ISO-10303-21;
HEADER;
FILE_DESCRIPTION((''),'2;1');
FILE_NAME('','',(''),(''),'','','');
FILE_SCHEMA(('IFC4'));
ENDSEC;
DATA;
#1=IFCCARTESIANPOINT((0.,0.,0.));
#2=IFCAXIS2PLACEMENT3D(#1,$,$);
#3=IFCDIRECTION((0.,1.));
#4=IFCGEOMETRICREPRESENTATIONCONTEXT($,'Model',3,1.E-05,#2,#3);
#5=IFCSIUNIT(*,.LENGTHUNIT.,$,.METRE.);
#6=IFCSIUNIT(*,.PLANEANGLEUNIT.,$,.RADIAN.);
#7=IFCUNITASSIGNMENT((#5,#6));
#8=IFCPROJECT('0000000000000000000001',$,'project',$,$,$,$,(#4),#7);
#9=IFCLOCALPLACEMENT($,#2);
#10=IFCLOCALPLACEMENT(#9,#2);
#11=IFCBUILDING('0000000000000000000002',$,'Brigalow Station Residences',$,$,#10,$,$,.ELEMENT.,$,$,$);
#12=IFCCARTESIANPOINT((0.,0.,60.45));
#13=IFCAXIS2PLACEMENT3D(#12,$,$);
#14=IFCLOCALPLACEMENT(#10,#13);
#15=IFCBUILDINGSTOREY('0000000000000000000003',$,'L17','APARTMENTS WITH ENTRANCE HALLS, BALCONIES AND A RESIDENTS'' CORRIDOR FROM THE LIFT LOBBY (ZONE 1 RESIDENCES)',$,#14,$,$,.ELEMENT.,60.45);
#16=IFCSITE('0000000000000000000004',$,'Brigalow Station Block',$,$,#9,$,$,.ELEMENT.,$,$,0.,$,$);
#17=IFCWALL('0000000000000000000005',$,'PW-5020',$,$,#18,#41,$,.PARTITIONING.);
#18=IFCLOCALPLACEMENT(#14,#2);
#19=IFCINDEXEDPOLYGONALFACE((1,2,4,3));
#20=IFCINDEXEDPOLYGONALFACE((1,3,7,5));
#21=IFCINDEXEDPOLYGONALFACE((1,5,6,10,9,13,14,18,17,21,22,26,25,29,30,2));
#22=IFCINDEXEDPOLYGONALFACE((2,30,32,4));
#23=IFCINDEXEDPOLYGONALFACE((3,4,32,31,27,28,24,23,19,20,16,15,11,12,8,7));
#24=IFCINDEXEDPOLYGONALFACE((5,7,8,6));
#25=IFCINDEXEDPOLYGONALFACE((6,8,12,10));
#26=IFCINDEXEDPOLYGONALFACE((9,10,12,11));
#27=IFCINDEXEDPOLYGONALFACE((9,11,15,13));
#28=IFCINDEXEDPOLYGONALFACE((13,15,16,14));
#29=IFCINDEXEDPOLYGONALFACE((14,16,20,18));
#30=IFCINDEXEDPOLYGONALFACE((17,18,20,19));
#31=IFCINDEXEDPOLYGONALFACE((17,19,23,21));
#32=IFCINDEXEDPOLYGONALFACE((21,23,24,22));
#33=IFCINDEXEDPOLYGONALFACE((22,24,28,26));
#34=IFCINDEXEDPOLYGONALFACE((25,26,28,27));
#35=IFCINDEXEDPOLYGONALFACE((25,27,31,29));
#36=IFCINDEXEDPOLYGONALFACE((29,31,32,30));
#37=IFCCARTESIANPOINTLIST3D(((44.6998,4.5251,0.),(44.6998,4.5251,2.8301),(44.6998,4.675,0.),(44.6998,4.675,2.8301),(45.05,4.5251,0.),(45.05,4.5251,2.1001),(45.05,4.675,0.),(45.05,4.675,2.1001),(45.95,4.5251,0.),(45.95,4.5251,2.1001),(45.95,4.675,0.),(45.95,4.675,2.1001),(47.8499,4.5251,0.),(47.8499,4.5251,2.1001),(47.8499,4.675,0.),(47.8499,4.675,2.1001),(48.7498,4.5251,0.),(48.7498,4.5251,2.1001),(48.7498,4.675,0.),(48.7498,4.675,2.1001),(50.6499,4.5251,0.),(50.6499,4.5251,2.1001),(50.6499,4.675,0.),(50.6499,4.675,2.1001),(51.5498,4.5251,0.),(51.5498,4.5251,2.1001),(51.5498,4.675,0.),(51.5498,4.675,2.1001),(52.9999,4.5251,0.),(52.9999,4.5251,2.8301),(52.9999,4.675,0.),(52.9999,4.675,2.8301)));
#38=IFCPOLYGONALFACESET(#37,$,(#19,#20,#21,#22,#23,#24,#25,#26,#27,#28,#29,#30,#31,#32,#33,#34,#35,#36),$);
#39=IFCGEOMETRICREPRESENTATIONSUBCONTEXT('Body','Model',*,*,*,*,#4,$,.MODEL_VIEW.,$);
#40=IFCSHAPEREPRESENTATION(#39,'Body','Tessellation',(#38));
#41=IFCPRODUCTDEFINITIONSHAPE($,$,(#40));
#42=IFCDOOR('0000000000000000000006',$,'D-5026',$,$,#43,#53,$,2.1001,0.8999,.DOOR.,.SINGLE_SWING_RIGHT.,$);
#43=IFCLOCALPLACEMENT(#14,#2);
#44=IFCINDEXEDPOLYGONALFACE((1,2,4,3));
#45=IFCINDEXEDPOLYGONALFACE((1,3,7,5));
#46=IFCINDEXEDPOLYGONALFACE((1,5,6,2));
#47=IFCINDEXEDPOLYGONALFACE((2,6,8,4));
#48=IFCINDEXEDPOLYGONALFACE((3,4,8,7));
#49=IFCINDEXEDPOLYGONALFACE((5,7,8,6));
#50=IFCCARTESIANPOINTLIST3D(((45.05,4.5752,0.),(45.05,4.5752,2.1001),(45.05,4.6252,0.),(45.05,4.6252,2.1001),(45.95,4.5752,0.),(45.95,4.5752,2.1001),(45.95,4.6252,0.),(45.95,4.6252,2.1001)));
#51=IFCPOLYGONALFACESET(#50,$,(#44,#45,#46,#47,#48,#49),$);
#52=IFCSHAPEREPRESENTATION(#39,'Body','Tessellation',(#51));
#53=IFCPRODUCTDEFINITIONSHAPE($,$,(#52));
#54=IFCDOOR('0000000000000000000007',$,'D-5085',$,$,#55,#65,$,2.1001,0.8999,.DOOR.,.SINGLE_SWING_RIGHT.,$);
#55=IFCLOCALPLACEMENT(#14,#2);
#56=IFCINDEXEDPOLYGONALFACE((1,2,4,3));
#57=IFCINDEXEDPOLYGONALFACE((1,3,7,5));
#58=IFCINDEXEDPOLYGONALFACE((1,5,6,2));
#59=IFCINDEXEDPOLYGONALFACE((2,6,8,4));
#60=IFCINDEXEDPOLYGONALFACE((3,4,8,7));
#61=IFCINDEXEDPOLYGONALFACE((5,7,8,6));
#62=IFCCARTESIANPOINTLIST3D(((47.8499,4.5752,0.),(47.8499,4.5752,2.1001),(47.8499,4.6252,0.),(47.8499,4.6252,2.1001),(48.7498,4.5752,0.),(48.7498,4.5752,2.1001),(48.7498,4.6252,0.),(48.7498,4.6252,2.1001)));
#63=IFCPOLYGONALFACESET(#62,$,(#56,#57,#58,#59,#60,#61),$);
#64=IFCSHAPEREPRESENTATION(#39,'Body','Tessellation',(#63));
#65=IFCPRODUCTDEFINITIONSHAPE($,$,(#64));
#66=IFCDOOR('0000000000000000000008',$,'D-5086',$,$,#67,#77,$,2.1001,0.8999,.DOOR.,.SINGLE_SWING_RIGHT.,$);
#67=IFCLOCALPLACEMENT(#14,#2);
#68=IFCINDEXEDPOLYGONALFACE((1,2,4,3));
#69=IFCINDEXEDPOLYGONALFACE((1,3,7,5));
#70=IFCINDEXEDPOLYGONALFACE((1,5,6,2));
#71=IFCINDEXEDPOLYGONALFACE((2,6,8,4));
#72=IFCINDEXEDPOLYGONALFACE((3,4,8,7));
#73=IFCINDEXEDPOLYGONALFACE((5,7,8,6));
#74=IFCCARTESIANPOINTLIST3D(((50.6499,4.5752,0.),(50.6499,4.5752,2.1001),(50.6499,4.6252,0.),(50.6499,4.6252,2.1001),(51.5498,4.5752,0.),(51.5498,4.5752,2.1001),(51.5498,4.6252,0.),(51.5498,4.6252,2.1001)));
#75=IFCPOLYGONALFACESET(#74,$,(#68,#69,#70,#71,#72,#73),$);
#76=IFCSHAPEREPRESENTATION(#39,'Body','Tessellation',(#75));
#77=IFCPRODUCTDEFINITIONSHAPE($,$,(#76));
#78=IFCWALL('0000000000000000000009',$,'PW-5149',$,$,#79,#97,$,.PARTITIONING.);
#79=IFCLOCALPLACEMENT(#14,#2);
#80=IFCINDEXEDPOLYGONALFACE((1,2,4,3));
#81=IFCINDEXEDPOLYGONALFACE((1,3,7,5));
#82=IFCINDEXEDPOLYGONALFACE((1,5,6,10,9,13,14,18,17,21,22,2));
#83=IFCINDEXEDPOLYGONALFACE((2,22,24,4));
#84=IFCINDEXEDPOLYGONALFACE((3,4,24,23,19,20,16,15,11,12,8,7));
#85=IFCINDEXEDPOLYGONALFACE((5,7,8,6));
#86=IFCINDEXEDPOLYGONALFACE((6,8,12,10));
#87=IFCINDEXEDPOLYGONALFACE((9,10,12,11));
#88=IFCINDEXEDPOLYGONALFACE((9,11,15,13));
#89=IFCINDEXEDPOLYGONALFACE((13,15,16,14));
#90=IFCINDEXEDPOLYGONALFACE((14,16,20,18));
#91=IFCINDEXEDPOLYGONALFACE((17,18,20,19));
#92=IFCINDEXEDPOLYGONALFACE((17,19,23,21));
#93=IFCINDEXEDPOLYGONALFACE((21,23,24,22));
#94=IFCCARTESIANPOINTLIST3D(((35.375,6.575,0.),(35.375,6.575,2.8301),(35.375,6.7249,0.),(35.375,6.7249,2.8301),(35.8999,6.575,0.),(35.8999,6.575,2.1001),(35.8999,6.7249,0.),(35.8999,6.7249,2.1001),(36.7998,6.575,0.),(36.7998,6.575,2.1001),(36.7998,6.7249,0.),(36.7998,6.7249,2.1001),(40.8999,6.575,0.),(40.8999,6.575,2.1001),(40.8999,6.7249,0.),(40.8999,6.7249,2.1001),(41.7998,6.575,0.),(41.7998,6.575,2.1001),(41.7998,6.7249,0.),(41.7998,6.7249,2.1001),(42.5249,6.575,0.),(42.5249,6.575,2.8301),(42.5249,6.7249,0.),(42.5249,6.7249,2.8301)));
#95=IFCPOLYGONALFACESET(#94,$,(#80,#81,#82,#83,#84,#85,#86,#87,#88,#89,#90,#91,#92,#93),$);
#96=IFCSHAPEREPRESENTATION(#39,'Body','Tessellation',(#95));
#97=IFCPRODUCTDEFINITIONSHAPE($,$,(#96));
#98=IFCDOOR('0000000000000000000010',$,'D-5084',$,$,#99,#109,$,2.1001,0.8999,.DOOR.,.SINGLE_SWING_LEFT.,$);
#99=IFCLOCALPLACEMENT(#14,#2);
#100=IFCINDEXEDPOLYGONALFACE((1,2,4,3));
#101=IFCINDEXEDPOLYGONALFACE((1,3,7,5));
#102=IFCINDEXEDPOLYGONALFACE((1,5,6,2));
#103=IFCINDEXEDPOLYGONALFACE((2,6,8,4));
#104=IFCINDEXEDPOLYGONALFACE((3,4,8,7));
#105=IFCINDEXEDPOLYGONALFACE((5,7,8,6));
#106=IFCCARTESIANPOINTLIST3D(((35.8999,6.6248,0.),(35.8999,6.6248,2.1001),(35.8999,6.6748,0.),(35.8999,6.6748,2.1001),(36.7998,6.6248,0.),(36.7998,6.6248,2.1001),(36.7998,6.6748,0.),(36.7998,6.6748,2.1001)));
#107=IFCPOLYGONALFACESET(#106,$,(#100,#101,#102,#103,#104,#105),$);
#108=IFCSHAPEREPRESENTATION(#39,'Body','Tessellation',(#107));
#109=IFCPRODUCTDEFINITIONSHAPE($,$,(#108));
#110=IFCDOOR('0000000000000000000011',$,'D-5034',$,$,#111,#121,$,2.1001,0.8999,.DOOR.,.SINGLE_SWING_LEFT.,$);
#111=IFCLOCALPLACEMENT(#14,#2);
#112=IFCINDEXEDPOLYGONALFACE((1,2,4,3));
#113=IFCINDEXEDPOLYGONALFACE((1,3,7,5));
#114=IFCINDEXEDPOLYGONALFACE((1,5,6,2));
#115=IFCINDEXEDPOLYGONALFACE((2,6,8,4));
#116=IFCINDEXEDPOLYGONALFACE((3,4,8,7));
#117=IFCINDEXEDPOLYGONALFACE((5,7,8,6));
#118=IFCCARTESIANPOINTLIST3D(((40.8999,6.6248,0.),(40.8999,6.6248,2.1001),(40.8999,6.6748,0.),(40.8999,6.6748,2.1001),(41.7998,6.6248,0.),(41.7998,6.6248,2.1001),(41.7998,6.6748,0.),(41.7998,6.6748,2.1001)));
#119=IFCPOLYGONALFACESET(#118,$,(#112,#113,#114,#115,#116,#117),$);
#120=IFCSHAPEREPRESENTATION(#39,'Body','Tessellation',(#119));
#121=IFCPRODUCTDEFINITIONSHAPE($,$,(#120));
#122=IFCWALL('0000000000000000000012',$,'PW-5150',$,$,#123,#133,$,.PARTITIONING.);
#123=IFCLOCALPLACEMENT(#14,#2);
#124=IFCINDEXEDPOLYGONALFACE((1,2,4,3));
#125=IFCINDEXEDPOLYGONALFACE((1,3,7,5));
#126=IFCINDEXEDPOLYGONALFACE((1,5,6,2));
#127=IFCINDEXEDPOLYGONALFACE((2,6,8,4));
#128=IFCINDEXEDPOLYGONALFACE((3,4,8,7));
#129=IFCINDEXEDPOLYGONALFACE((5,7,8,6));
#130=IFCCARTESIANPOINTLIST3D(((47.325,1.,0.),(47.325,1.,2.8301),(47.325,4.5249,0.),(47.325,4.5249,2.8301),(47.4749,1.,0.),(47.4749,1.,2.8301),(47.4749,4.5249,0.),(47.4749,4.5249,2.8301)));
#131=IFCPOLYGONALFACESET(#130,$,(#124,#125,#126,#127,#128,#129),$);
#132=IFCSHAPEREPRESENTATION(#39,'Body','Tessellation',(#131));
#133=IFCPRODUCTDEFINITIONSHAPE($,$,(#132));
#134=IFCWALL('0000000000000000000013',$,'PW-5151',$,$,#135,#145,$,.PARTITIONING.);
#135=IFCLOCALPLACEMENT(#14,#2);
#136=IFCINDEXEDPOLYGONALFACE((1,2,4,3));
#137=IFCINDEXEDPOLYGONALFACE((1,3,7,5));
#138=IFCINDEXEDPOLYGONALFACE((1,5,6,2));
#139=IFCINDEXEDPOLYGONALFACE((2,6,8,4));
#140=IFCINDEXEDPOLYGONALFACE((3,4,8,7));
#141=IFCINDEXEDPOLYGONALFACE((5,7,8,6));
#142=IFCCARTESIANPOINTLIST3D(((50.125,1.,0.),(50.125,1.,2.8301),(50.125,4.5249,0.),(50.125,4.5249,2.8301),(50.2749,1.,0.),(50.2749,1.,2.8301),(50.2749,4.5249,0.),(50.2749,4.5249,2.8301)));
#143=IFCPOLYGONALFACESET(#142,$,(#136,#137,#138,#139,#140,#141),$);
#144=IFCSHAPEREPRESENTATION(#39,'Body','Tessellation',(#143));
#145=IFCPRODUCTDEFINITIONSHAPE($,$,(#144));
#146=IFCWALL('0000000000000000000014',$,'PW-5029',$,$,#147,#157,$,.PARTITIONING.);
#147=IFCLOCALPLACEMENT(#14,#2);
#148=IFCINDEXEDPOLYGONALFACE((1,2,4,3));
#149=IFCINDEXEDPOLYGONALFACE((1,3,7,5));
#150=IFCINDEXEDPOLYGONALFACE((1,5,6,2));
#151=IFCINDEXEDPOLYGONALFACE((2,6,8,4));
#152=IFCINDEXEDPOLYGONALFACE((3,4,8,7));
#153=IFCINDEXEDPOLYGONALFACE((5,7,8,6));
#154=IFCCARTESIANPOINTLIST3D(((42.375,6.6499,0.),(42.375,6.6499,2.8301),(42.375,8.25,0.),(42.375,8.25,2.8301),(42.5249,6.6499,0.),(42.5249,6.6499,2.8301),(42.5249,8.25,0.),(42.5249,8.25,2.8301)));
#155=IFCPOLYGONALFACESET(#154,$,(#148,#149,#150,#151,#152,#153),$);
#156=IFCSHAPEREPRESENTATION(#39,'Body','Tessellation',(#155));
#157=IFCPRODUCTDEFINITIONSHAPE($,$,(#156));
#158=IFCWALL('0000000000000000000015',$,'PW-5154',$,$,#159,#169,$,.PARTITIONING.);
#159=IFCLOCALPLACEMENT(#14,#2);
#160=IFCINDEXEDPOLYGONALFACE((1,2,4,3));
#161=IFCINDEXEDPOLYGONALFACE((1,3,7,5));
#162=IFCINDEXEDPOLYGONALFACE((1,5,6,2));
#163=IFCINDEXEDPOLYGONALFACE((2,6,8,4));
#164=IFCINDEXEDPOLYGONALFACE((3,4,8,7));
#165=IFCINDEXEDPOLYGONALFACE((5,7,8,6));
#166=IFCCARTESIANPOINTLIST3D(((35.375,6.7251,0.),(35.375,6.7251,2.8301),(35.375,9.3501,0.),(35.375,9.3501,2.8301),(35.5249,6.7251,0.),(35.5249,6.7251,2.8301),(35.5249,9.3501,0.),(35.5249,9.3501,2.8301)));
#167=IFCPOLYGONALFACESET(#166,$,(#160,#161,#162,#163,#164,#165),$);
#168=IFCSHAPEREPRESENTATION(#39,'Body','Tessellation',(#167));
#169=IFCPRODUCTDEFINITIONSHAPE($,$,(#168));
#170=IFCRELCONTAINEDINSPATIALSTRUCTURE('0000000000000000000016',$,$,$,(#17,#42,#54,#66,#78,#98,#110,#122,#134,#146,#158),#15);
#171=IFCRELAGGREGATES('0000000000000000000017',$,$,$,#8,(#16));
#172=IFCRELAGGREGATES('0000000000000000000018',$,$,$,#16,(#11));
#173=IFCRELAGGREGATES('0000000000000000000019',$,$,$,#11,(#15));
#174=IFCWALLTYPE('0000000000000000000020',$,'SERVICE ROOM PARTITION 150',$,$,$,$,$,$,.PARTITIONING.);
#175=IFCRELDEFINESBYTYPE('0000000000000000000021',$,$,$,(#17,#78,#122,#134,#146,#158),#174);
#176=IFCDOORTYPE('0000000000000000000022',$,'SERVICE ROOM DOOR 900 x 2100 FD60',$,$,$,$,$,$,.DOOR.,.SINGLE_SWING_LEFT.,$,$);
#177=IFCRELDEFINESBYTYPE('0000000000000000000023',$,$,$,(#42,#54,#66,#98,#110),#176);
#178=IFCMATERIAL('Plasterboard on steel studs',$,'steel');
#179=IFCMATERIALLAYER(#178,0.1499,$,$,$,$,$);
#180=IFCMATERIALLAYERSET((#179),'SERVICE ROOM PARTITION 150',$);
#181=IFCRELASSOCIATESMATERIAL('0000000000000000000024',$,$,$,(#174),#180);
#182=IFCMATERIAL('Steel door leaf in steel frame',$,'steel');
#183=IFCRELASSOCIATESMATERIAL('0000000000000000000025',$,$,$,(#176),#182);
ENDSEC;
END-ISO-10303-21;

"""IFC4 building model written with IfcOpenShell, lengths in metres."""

from ifc_helpers import new_model, si_unit, direction, frame, frame_2d, origin, place, context, subcontext, project, spatial, rectangle, extrude, material, layer, layer_set, type_object, element, fill, save


model = new_model("IFC4")

# Units and contexts
model_context = context("Model", 3, precision=1e-05, world=origin(), true_north=direction((0.0, 1.0)))
body_context = subcontext(model_context, "Body", "Model", "MODEL_VIEW")
ifc_project = project(units=[si_unit("LENGTHUNIT", "METRE"), si_unit("PLANEANGLEUNIT", "RADIAN")], contexts=[model_context])

# Site, building, storey
site_placement = place(None, origin())
site = spatial("IfcSite", under=ifc_project, at=site_placement, Name="Brigalow Station Block", CompositionType="ELEMENT", RefElevation=0.0)
building_placement = place(site_placement, origin())
building = spatial("IfcBuilding", under=site, at=building_placement, Name="Brigalow Station Residences", CompositionType="ELEMENT")
storey_placement = place(building_placement, frame((0.0, 0.0, 60.45)))
storey = spatial("IfcBuildingStorey", under=building, at=storey_placement, Name="L17", Description="APARTMENTS WITH ENTRANCE HALLS, BALCONIES AND A RESIDENTS' CORRIDOR FROM THE LIFT LOBBY (ZONE 1 RESIDENCES)", CompositionType="ELEMENT", Elevation=60.45)

# Walls, openings, doors
ifc_material_1 = material(Name="Plasterboard on steel studs", Category="steel")
ifc_layer_1 = layer(ifc_material_1, 0.1499)
ifc_layer_set_1 = layer_set([ifc_layer_1], Name="SERVICE ROOM PARTITION 150")
wall_type_1 = type_object("IfcWallType", Name="SERVICE ROOM PARTITION 150", PredefinedType="PARTITIONING", material=ifc_layer_set_1)
wall_1_placement = place(storey_placement, frame((44.7, 4.6001, 0.0), z_axis=(0.0, 0.0, 1.0), x_axis=(1.0, 0.0, 0.0)))
wall_1 = element("IfcWall", 1, at=wall_1_placement, inside=storey, type_object=wall_type_1, Name="PW-5020", PredefinedType="PARTITIONING", context=body_context, shape_type="SweptSolid", body=[
    extrude(rectangle(XDim=8.3, YDim=0.1499, at=frame_2d((4.1499, 0.0))), origin(), (0.0, 0.0, 1.0), 2.8301),
])
opening_1_placement = place(wall_1_placement, frame((0.3501, 0.0, 0.0)))
opening_1 = element("IfcOpeningElement", 2, at=opening_1_placement, cuts=wall_1, PredefinedType="OPENING", context=body_context, shape_type="SweptSolid", body=[
    extrude(rectangle(XDim=0.8999, YDim=2.1001, at=frame_2d((0.45, 1.05))), frame((0.0, 0.085, 0.0), z_axis=(0.0, -1.0, 0.0), x_axis=(1.0, 0.0, 0.0)), (0.0, 0.0, 1.0), 0.1699),
])
opening_2_placement = place(wall_1_placement, frame((3.1499, 0.0, 0.0)))
opening_2 = element("IfcOpeningElement", 3, at=opening_2_placement, cuts=wall_1, PredefinedType="OPENING", context=body_context, shape_type="SweptSolid", body=[
    extrude(rectangle(XDim=0.8999, YDim=2.1001, at=frame_2d((0.45, 1.05))), frame((0.0, 0.085, 0.0), z_axis=(0.0, -1.0, 0.0), x_axis=(1.0, 0.0, 0.0)), (0.0, 0.0, 1.0), 0.1699),
])
opening_3_placement = place(wall_1_placement, frame((5.95, 0.0, 0.0)))
opening_3 = element("IfcOpeningElement", 4, at=opening_3_placement, cuts=wall_1, PredefinedType="OPENING", context=body_context, shape_type="SweptSolid", body=[
    extrude(rectangle(XDim=0.8999, YDim=2.1001, at=frame_2d((0.45, 1.05))), frame((0.0, 0.085, 0.0), z_axis=(0.0, -1.0, 0.0), x_axis=(1.0, 0.0, 0.0)), (0.0, 0.0, 1.0), 0.1699),
])
ifc_material_2 = material(Name="Steel door leaf in steel frame", Category="steel")
door_type_1 = type_object("IfcDoorType", Name="SERVICE ROOM DOOR 900 x 2100 FD60", OperationType="SINGLE_SWING_LEFT", PredefinedType="DOOR", material=ifc_material_2)
door_1_placement = place(opening_1_placement, frame((0.8999, 0.0, 0.0), z_axis=(0.0, 0.0, 1.0), x_axis=(-1.0, 0.0, 0.0)))
door_1 = element("IfcDoor", 5, at=door_1_placement, inside=storey, type_object=door_type_1, Name="D-5026", OperationType="SINGLE_SWING_RIGHT", OverallHeight=2.1001, OverallWidth=0.8999, PredefinedType="DOOR", context=body_context, shape_type="SweptSolid", body=[
    extrude(rectangle(XDim=0.8999, YDim=2.1001, at=frame_2d((0.45, 1.05))), frame((0.0, 0.0249, 0.0), z_axis=(0.0, -1.0, 0.0), x_axis=(1.0, 0.0, 0.0)), (0.0, 0.0, 1.0), 0.05),
])
fill(opening_1, door_1)
door_2_placement = place(opening_2_placement, frame((0.8999, 0.0, 0.0), z_axis=(0.0, 0.0, 1.0), x_axis=(-1.0, 0.0, 0.0)))
door_2 = element("IfcDoor", 6, at=door_2_placement, inside=storey, type_object=door_type_1, Name="D-5085", OperationType="SINGLE_SWING_RIGHT", OverallHeight=2.1001, OverallWidth=0.8999, PredefinedType="DOOR", context=body_context, shape_type="SweptSolid", body=[
    extrude(rectangle(XDim=0.8999, YDim=2.1001, at=frame_2d((0.45, 1.05))), frame((0.0, 0.0249, 0.0), z_axis=(0.0, -1.0, 0.0), x_axis=(1.0, 0.0, 0.0)), (0.0, 0.0, 1.0), 0.05),
])
fill(opening_2, door_2)
door_3_placement = place(opening_3_placement, frame((0.8999, 0.0, 0.0), z_axis=(0.0, 0.0, 1.0), x_axis=(-1.0, 0.0, 0.0)))
door_3 = element("IfcDoor", 7, at=door_3_placement, inside=storey, type_object=door_type_1, Name="D-5086", OperationType="SINGLE_SWING_RIGHT", OverallHeight=2.1001, OverallWidth=0.8999, PredefinedType="DOOR", context=body_context, shape_type="SweptSolid", body=[
    extrude(rectangle(XDim=0.8999, YDim=2.1001, at=frame_2d((0.45, 1.05))), frame((0.0, 0.0249, 0.0), z_axis=(0.0, -1.0, 0.0), x_axis=(1.0, 0.0, 0.0)), (0.0, 0.0, 1.0), 0.05),
])
fill(opening_3, door_3)
wall_2_placement = place(storey_placement, frame((35.375, 6.6499, 0.0), z_axis=(0.0, 0.0, 1.0), x_axis=(1.0, 0.0, 0.0)))
wall_2 = element("IfcWall", 8, at=wall_2_placement, inside=storey, type_object=wall_type_1, Name="PW-5149", PredefinedType="PARTITIONING", context=body_context, shape_type="SweptSolid", body=[
    extrude(rectangle(XDim=7.1499, YDim=0.1499, at=frame_2d((3.575, 0.0))), origin(), (0.0, 0.0, 1.0), 2.8301),
])
opening_4_placement = place(wall_2_placement, frame((0.5249, 0.0, 0.0)))
opening_4 = element("IfcOpeningElement", 9, at=opening_4_placement, cuts=wall_2, PredefinedType="OPENING", context=body_context, shape_type="SweptSolid", body=[
    extrude(rectangle(XDim=0.8999, YDim=2.1001, at=frame_2d((0.45, 1.05))), frame((0.0, 0.085, 0.0), z_axis=(0.0, -1.0, 0.0), x_axis=(1.0, 0.0, 0.0)), (0.0, 0.0, 1.0), 0.1699),
])
opening_5_placement = place(wall_2_placement, frame((5.5249, 0.0, 0.0)))
opening_5 = element("IfcOpeningElement", 10, at=opening_5_placement, cuts=wall_2, PredefinedType="OPENING", context=body_context, shape_type="SweptSolid", body=[
    extrude(rectangle(XDim=0.8999, YDim=2.1001, at=frame_2d((0.45, 1.05))), frame((0.0, 0.085, 0.0), z_axis=(0.0, -1.0, 0.0), x_axis=(1.0, 0.0, 0.0)), (0.0, 0.0, 1.0), 0.1699),
])
door_4_placement = place(opening_4_placement, origin())
door_4 = element("IfcDoor", 11, at=door_4_placement, inside=storey, type_object=door_type_1, Name="D-5084", OperationType="SINGLE_SWING_LEFT", OverallHeight=2.1001, OverallWidth=0.8999, PredefinedType="DOOR", context=body_context, shape_type="SweptSolid", body=[
    extrude(rectangle(XDim=0.8999, YDim=2.1001, at=frame_2d((0.45, 1.05))), frame((0.0, 0.0249, 0.0), z_axis=(0.0, -1.0, 0.0), x_axis=(1.0, 0.0, 0.0)), (0.0, 0.0, 1.0), 0.05),
])
fill(opening_4, door_4)
door_5_placement = place(opening_5_placement, origin())
door_5 = element("IfcDoor", 12, at=door_5_placement, inside=storey, type_object=door_type_1, Name="D-5034", OperationType="SINGLE_SWING_LEFT", OverallHeight=2.1001, OverallWidth=0.8999, PredefinedType="DOOR", context=body_context, shape_type="SweptSolid", body=[
    extrude(rectangle(XDim=0.8999, YDim=2.1001, at=frame_2d((0.45, 1.05))), frame((0.0, 0.0249, 0.0), z_axis=(0.0, -1.0, 0.0), x_axis=(1.0, 0.0, 0.0)), (0.0, 0.0, 1.0), 0.05),
])
fill(opening_5, door_5)

# Walls
for number, where, z_axis, x_axis, name in (
    (13, (47.3999, 1.0, 0.0), (0.0, 0.0, 1.0), (0.0, 1.0, 0.0), "PW-5150"),
    (14, (50.2, 1.0, 0.0), (0.0, 0.0, 1.0), (0.0, 1.0, 0.0), "PW-5151"),
):
    element("IfcWall", number, at=place(storey_placement, frame(where, z_axis=z_axis, x_axis=x_axis)), inside=storey, type_object=wall_type_1, Name=name, PredefinedType="PARTITIONING", context=body_context, shape_type="SweptSolid", body=[
        extrude(rectangle(XDim=3.5249, YDim=0.1499, at=frame_2d((1.7625, 0.0))), origin(), (0.0, 0.0, 1.0), 2.8301),
    ])
wall_3_placement = place(storey_placement, frame((42.45, 6.6499, 0.0), z_axis=(0.0, 0.0, 1.0), x_axis=(0.0, 1.0, 0.0)))
element("IfcWall", 15, at=wall_3_placement, inside=storey, type_object=wall_type_1, Name="PW-5029", PredefinedType="PARTITIONING", context=body_context, shape_type="SweptSolid", body=[
    extrude(rectangle(XDim=1.6001, YDim=0.1499, at=frame_2d((0.8, 0.0))), origin(), (0.0, 0.0, 1.0), 2.8301),
])
wall_4_placement = place(storey_placement, frame((35.45, 6.7251, 0.0), z_axis=(0.0, 0.0, 1.0), x_axis=(0.0, 1.0, 0.0)))
element("IfcWall", 16, at=wall_4_placement, inside=storey, type_object=wall_type_1, Name="PW-5154", PredefinedType="PARTITIONING", context=body_context, shape_type="SweptSolid", body=[
    extrude(rectangle(XDim=2.625, YDim=0.1499, at=frame_2d((1.3125, 0.0))), origin(), (0.0, 0.0, 1.0), 2.8301),
])

save(model, "model.ifc")
